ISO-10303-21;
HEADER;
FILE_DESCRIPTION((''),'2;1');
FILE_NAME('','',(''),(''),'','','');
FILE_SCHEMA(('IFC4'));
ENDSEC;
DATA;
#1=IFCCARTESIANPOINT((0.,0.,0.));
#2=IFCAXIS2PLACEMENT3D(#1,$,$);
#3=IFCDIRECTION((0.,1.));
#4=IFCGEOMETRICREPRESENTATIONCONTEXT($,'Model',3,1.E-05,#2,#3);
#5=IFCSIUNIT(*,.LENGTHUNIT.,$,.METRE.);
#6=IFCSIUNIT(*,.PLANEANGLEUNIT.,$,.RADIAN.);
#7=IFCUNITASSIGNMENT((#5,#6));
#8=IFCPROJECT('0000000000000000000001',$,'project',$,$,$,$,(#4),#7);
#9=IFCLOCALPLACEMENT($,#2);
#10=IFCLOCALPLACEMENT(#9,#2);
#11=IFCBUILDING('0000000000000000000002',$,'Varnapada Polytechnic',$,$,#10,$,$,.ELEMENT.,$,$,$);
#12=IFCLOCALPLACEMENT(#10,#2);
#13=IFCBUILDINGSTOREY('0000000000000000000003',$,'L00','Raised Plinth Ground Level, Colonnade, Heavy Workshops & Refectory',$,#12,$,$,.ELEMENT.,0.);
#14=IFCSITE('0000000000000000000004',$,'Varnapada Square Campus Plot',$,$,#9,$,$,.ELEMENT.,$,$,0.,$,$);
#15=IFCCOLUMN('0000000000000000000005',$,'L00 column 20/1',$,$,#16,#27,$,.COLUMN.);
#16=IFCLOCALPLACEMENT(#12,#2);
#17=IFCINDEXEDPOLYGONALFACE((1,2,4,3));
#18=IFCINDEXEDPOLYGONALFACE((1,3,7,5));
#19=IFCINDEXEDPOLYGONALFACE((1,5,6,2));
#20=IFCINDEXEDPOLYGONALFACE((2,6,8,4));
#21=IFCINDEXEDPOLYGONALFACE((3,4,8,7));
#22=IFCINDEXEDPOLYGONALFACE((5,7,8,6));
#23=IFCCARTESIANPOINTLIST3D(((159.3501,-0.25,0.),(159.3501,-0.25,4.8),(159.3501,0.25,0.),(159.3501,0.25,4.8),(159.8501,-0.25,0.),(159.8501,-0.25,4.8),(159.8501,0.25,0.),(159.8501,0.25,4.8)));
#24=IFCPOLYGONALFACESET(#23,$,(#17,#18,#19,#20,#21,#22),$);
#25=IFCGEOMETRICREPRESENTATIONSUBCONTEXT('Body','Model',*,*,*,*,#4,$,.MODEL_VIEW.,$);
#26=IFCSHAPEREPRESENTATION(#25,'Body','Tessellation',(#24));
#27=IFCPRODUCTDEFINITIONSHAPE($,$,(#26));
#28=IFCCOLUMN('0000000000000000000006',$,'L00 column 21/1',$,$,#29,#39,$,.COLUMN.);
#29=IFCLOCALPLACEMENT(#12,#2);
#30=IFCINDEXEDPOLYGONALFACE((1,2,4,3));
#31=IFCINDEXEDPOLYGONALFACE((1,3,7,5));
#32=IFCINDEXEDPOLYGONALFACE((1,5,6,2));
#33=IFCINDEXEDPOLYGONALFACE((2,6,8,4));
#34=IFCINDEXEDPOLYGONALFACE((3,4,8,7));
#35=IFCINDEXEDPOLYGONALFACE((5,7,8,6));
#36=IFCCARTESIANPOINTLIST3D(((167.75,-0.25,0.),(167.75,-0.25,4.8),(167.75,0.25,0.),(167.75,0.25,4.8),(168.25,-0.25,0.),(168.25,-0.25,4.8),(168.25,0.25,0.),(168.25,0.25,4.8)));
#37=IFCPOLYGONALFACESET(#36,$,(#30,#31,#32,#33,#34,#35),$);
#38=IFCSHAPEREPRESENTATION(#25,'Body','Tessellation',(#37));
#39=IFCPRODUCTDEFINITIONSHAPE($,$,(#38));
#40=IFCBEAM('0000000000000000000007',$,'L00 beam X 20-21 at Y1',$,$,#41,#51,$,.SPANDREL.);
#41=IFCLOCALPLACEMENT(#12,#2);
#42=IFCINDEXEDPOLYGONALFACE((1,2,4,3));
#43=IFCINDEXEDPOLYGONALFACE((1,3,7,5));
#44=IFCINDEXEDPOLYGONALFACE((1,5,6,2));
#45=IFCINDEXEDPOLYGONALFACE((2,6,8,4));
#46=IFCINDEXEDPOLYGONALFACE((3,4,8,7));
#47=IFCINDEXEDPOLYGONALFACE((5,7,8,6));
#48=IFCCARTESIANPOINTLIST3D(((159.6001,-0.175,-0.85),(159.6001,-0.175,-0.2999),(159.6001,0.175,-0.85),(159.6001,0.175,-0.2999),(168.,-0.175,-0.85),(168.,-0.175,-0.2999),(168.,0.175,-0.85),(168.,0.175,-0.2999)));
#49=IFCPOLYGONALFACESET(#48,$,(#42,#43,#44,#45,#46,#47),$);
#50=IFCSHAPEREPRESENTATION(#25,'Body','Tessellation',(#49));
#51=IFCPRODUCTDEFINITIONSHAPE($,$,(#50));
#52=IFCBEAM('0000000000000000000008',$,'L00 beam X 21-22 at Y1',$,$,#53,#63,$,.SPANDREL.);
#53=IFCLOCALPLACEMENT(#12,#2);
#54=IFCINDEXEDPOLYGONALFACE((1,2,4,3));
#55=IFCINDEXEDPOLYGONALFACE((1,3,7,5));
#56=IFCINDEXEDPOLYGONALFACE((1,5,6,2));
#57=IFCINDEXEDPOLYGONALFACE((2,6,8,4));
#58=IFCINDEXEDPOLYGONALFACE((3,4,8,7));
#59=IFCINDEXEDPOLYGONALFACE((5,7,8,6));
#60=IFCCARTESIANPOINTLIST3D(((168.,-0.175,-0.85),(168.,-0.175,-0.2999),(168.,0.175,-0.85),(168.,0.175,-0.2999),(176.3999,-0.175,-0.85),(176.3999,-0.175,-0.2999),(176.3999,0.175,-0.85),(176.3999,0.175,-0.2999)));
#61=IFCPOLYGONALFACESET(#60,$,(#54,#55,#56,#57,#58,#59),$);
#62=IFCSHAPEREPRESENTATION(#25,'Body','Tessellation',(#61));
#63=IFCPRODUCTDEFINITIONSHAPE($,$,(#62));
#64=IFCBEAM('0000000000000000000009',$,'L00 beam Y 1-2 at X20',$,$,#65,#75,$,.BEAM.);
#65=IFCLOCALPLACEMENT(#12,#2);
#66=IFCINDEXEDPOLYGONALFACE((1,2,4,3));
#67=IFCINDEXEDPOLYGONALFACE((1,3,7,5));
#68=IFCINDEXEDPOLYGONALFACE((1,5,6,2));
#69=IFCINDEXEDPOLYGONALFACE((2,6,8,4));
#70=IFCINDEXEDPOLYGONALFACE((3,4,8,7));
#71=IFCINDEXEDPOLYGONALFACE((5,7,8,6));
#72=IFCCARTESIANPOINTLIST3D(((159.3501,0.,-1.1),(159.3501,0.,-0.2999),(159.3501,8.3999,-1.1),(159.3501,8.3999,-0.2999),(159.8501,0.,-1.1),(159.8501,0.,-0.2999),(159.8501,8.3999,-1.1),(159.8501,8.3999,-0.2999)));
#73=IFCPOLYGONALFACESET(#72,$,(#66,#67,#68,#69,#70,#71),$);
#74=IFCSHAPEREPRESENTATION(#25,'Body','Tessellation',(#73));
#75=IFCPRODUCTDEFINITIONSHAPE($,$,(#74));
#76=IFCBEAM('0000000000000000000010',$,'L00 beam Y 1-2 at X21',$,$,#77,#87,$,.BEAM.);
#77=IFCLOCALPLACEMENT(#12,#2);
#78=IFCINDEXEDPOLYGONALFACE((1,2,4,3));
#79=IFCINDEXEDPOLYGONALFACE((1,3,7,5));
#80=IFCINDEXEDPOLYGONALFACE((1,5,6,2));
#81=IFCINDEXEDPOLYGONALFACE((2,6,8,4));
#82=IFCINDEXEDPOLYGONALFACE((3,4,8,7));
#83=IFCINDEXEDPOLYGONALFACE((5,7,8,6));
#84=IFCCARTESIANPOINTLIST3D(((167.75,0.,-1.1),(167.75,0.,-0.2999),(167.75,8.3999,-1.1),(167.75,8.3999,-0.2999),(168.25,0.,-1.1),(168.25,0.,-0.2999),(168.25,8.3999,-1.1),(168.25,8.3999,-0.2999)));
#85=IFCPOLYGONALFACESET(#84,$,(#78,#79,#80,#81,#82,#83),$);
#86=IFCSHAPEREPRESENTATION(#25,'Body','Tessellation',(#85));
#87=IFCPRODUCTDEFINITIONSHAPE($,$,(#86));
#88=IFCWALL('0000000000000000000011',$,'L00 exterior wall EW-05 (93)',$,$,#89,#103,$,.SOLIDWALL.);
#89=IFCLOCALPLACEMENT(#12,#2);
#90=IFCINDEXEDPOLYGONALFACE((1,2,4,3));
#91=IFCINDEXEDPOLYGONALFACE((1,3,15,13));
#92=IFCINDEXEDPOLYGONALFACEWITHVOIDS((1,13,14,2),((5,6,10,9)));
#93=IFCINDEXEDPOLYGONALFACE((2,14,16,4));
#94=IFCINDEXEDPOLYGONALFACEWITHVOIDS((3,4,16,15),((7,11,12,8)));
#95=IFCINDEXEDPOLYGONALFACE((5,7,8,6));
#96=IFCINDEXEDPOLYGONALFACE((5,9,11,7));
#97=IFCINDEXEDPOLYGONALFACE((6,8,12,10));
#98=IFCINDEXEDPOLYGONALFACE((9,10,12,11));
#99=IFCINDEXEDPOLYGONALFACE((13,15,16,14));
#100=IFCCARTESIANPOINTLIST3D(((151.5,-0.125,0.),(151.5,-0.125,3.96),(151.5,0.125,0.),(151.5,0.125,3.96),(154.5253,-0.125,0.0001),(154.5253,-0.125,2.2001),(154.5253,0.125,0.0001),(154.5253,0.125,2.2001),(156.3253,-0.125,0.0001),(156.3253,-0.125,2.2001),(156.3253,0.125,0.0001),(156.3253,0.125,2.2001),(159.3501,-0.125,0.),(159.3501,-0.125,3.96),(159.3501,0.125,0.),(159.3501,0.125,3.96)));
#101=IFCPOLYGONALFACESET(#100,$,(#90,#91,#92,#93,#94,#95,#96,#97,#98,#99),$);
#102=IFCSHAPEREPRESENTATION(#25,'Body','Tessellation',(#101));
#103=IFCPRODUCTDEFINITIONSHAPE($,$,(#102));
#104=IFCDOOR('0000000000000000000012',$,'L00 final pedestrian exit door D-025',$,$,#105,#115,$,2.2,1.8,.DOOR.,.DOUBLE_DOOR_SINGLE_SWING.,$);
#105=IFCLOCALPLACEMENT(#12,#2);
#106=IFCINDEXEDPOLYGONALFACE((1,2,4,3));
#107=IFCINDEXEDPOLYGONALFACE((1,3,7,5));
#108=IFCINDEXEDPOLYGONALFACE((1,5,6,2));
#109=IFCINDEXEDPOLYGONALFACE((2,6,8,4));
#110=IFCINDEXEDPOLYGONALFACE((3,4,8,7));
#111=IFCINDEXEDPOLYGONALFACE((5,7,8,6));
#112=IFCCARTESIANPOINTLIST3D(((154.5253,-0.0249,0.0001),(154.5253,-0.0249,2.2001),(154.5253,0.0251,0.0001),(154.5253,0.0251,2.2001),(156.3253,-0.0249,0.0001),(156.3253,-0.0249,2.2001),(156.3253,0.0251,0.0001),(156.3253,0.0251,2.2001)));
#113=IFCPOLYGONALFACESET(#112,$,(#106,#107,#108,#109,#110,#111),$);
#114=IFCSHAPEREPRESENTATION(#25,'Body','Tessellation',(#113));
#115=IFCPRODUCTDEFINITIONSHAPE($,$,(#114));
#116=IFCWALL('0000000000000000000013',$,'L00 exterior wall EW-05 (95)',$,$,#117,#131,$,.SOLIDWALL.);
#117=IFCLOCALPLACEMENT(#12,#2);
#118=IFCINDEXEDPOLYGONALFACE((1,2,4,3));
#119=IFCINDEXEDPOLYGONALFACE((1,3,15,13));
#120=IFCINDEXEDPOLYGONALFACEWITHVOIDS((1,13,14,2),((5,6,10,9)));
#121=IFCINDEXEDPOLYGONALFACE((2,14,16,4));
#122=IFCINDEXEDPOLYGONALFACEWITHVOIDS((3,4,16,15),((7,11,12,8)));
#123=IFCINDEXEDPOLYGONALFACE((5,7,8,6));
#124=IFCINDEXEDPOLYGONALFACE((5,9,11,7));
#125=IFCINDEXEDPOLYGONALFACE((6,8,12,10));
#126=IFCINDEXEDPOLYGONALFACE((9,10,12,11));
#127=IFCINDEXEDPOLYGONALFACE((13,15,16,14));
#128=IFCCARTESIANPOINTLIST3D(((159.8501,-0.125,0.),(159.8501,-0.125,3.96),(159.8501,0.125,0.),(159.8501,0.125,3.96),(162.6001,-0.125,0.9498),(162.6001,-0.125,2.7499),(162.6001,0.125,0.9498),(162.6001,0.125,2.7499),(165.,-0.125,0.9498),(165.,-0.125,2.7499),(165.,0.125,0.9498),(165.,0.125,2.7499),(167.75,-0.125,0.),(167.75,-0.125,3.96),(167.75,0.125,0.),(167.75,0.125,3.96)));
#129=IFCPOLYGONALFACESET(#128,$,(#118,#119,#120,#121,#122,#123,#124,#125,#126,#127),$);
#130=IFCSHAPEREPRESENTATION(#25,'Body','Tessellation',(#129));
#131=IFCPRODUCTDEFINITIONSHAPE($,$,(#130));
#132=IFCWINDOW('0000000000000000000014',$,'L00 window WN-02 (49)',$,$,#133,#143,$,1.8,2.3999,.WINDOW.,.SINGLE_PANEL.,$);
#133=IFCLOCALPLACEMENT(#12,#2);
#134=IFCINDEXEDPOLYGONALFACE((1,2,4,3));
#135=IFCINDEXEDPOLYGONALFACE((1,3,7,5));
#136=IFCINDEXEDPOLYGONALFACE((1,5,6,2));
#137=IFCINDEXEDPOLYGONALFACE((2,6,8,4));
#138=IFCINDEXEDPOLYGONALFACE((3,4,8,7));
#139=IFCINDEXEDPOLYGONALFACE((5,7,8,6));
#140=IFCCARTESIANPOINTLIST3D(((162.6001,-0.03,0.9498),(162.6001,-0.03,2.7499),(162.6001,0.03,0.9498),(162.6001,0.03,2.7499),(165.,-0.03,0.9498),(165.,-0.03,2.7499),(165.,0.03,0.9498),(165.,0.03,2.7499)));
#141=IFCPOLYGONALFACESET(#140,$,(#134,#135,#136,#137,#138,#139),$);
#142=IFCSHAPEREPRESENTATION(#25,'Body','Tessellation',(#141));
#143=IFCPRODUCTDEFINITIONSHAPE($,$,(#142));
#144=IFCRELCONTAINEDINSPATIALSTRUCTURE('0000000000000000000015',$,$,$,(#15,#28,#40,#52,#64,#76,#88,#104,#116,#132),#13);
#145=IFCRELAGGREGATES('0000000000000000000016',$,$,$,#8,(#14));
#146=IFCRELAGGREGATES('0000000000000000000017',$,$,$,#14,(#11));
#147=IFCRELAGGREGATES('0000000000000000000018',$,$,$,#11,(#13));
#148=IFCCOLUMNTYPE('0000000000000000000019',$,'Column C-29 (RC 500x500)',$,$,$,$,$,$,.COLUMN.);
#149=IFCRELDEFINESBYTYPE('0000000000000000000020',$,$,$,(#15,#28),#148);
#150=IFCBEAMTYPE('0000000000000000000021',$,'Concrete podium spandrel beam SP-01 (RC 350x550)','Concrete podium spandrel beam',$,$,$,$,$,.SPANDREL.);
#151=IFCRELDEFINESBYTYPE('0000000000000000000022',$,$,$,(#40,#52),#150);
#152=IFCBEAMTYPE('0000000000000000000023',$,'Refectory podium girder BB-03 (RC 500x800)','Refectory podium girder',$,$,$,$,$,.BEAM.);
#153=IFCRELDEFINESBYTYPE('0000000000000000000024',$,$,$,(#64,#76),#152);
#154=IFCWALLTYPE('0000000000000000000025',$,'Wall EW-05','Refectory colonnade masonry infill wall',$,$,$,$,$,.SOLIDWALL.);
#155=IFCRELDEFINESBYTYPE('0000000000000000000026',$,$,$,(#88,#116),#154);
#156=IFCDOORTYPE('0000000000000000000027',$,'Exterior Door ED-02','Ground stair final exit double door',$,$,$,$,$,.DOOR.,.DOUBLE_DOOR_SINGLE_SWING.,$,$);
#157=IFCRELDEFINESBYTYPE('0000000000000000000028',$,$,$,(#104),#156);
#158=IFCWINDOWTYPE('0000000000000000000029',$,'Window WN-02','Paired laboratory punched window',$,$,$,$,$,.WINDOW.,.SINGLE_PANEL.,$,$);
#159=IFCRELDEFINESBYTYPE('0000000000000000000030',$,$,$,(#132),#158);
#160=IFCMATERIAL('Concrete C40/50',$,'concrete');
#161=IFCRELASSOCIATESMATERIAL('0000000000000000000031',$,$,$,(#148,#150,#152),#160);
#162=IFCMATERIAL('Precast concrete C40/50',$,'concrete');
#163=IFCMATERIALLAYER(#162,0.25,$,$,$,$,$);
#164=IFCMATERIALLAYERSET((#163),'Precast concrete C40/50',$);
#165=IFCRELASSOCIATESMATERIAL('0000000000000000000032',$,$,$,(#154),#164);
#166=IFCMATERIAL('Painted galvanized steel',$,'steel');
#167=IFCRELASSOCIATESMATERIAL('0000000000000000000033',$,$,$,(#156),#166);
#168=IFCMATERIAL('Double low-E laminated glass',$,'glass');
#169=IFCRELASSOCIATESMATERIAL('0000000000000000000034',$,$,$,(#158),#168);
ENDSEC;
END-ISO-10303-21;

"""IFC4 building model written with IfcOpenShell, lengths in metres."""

from ifc_helpers import new_model, si_unit, direction, frame, frame_2d, origin, origin_2d, place, context, subcontext, project, spatial, rectangle, extrude, material, layer, layer_set, material_profile, profile_set, type_object, element, fill, save


model = new_model("IFC4")

# Units and contexts
model_context = context("Model", 3, precision=1e-05, world=origin(), true_north=direction((0.0, 1.0)))
body_context = subcontext(model_context, "Body", "Model", "MODEL_VIEW")
ifc_project = project(units=[si_unit("LENGTHUNIT", "METRE"), si_unit("PLANEANGLEUNIT", "RADIAN")], contexts=[model_context])

# Site, building, storey
site_placement = place(None, origin())
site = spatial("IfcSite", under=ifc_project, at=site_placement, Name="Varnapada Square Campus Plot", CompositionType="ELEMENT", RefElevation=0.0)
building_placement = place(site_placement, origin())
building = spatial("IfcBuilding", under=site, at=building_placement, Name="Varnapada Polytechnic", CompositionType="ELEMENT")
storey_placement = place(building_placement, origin())
storey = spatial("IfcBuildingStorey", under=building, at=storey_placement, Name="L00", Description="Raised Plinth Ground Level, Colonnade, Heavy Workshops & Refectory", CompositionType="ELEMENT", Elevation=0.0)

# Columns
ifc_material_1 = material(Name="Concrete C40/50", Category="concrete")
ifc_material_profile_1 = material_profile(ifc_material_1, rectangle(XDim=0.5, YDim=0.5, at=origin_2d()), Name="RC 500x500")
ifc_profile_set_1 = profile_set([ifc_material_profile_1], Name="Concrete C40/50")
column_type = type_object("IfcColumnType", Name="Column C-29 (RC 500x500)", PredefinedType="COLUMN", material=ifc_profile_set_1)
for number, where, z_axis, x_axis, name in (
    (1, (159.6001, 0.0, 0.0), (0.0, 0.0, 1.0), (1.0, 0.0, 0.0), "L00 column 20/1"),
    (2, (168.0, 0.0, 0.0), (0.0, 0.0, 1.0), (1.0, 0.0, 0.0), "L00 column 21/1"),
):
    element("IfcColumn", number, at=place(storey_placement, frame(where, z_axis=z_axis, x_axis=x_axis)), inside=storey, type_object=column_type, Name=name, PredefinedType="COLUMN", context=body_context, shape_type="SweptSolid", body=[
        extrude(rectangle(XDim=0.5, YDim=0.5, at=origin_2d()), origin(), (0.0, 0.0, 1.0), 4.8),
    ])

# Beams
ifc_material_profile_2 = material_profile(ifc_material_1, rectangle(XDim=0.3501, YDim=0.55, at=origin_2d()), Name="RC 350x550")
ifc_profile_set_2 = profile_set([ifc_material_profile_2], Name="Concrete C40/50")
beam_type_1 = type_object("IfcBeamType", Name="Concrete podium spandrel beam SP-01 (RC 350x550)", Description="Concrete podium spandrel beam", PredefinedType="SPANDREL", material=ifc_profile_set_2)
for number, where, z_axis, x_axis, name in (
    (3, (159.6001, 0.0, -0.575), (1.0, 0.0, 0.0), (0.0, 1.0, 0.0), "L00 beam X 20-21 at Y1"),
    (4, (168.0, 0.0, -0.575), (1.0, 0.0, 0.0), (0.0, 1.0, 0.0), "L00 beam X 21-22 at Y1"),
):
    element("IfcBeam", number, at=place(storey_placement, frame(where, z_axis=z_axis, x_axis=x_axis)), inside=storey, type_object=beam_type_1, Name=name, PredefinedType="SPANDREL", context=body_context, shape_type="SweptSolid", body=[
        extrude(rectangle(XDim=0.3501, YDim=0.55, at=origin_2d()), origin(), (0.0, 0.0, 1.0), 8.3999),
    ])
ifc_material_profile_3 = material_profile(ifc_material_1, rectangle(XDim=0.5, YDim=0.8, at=origin_2d()), Name="RC 500x800")
ifc_profile_set_3 = profile_set([ifc_material_profile_3], Name="Concrete C40/50")
beam_type_2 = type_object("IfcBeamType", Name="Refectory podium girder BB-03 (RC 500x800)", Description="Refectory podium girder", PredefinedType="BEAM", material=ifc_profile_set_3)
for number, where, z_axis, x_axis, name in (
    (5, (159.6001, 0.0, -0.7), (0.0, 1.0, 0.0), (-1.0, 0.0, 0.0), "L00 beam Y 1-2 at X20"),
    (6, (168.0, 0.0, -0.7), (0.0, 1.0, 0.0), (-1.0, 0.0, 0.0), "L00 beam Y 1-2 at X21"),
):
    element("IfcBeam", number, at=place(storey_placement, frame(where, z_axis=z_axis, x_axis=x_axis)), inside=storey, type_object=beam_type_2, Name=name, PredefinedType="BEAM", context=body_context, shape_type="SweptSolid", body=[
        extrude(rectangle(XDim=0.5, YDim=0.8, at=origin_2d()), origin(), (0.0, 0.0, 1.0), 8.3999),
    ])

# Wall, opening, door
ifc_material_2 = material(Name="Precast concrete C40/50", Category="concrete")
ifc_layer_1 = layer(ifc_material_2, 0.25)
ifc_layer_set_1 = layer_set([ifc_layer_1], Name="Precast concrete C40/50")
wall_type = type_object("IfcWallType", Name="Wall EW-05", Description="Refectory colonnade masonry infill wall", PredefinedType="SOLIDWALL", material=ifc_layer_set_1)
wall_1_placement = place(storey_placement, frame((159.3501, 0.0, 0.0), z_axis=(0.0, 0.0, 1.0), x_axis=(-1.0, 0.0, 0.0)))
wall_1 = element("IfcWall", 7, at=wall_1_placement, inside=storey, type_object=wall_type, Name="L00 exterior wall EW-05 (93)", PredefinedType="SOLIDWALL", context=body_context, shape_type="SweptSolid", body=[
    extrude(rectangle(XDim=7.8501, YDim=0.25, at=frame_2d((3.925, 0.0))), origin(), (0.0, 0.0, 1.0), 3.96),
])
opening_1_placement = place(wall_1_placement, frame((3.0249, 0.0, 0.0)))
opening_1 = element("IfcOpeningElement", 8, at=opening_1_placement, cuts=wall_1, PredefinedType="OPENING", context=body_context, shape_type="SweptSolid", body=[
    extrude(rectangle(XDim=1.8, YDim=2.2, at=frame_2d((0.8999, 1.1001))), frame((0.0, 0.135, 0.0), z_axis=(0.0, -1.0, 0.0), x_axis=(1.0, 0.0, 0.0)), (0.0, 0.0, 1.0), 0.27),
])
ifc_material_3 = material(Name="Painted galvanized steel", Category="steel")
door_type = type_object("IfcDoorType", Name="Exterior Door ED-02", Description="Ground stair final exit double door", OperationType="DOUBLE_DOOR_SINGLE_SWING", PredefinedType="DOOR", material=ifc_material_3)
door_placement = place(opening_1_placement, origin())
door = element("IfcDoor", 9, at=door_placement, inside=storey, type_object=door_type, Name="L00 final pedestrian exit door D-025", OperationType="DOUBLE_DOOR_SINGLE_SWING", OverallHeight=2.2, OverallWidth=1.8, PredefinedType="DOOR", context=body_context, shape_type="SweptSolid", body=[
    extrude(rectangle(XDim=1.8, YDim=2.2, at=frame_2d((0.8999, 1.1001))), frame((0.0, 0.0249, 0.0), z_axis=(0.0, -1.0, 0.0), x_axis=(1.0, 0.0, 0.0)), (0.0, 0.0, 1.0), 0.05),
])
fill(opening_1, door)

# Wall, opening, window
wall_2_placement = place(storey_placement, frame((167.75, 0.0, 0.0), z_axis=(0.0, 0.0, 1.0), x_axis=(-1.0, 0.0, 0.0)))
wall_2 = element("IfcWall", 10, at=wall_2_placement, inside=storey, type_object=wall_type, Name="L00 exterior wall EW-05 (95)", PredefinedType="SOLIDWALL", context=body_context, shape_type="SweptSolid", body=[
    extrude(rectangle(XDim=7.8999, YDim=0.25, at=frame_2d((3.95, 0.0))), origin(), (0.0, 0.0, 1.0), 3.96),
])
opening_2_placement = place(wall_2_placement, frame((2.75, 0.0, 0.95)))
opening_2 = element("IfcOpeningElement", 11, at=opening_2_placement, cuts=wall_2, PredefinedType="OPENING", context=body_context, shape_type="SweptSolid", body=[
    extrude(rectangle(XDim=2.3999, YDim=1.8, at=frame_2d((1.2, 0.8999))), frame((0.0, 0.135, 0.0), z_axis=(0.0, -1.0, 0.0), x_axis=(1.0, 0.0, 0.0)), (0.0, 0.0, 1.0), 0.27),
])
ifc_material_4 = material(Name="Double low-E laminated glass", Category="glass")
window_type = type_object("IfcWindowType", Name="Window WN-02", Description="Paired laboratory punched window", PartitioningType="SINGLE_PANEL", PredefinedType="WINDOW", material=ifc_material_4)
window_placement = place(opening_2_placement, origin())
window = element("IfcWindow", 12, at=window_placement, inside=storey, type_object=window_type, Name="L00 window WN-02 (49)", OverallHeight=1.8, OverallWidth=2.3999, PartitioningType="SINGLE_PANEL", PredefinedType="WINDOW", context=body_context, shape_type="SweptSolid", body=[
    extrude(rectangle(XDim=2.3999, YDim=1.8, at=frame_2d((1.2, 0.8999))), frame((0.0, 0.03, 0.0), z_axis=(0.0, -1.0, 0.0), x_axis=(1.0, 0.0, 0.0)), (0.0, 0.0, 1.0), 0.0601),
])
fill(opening_2, window)

save(model, "model.ifc")
